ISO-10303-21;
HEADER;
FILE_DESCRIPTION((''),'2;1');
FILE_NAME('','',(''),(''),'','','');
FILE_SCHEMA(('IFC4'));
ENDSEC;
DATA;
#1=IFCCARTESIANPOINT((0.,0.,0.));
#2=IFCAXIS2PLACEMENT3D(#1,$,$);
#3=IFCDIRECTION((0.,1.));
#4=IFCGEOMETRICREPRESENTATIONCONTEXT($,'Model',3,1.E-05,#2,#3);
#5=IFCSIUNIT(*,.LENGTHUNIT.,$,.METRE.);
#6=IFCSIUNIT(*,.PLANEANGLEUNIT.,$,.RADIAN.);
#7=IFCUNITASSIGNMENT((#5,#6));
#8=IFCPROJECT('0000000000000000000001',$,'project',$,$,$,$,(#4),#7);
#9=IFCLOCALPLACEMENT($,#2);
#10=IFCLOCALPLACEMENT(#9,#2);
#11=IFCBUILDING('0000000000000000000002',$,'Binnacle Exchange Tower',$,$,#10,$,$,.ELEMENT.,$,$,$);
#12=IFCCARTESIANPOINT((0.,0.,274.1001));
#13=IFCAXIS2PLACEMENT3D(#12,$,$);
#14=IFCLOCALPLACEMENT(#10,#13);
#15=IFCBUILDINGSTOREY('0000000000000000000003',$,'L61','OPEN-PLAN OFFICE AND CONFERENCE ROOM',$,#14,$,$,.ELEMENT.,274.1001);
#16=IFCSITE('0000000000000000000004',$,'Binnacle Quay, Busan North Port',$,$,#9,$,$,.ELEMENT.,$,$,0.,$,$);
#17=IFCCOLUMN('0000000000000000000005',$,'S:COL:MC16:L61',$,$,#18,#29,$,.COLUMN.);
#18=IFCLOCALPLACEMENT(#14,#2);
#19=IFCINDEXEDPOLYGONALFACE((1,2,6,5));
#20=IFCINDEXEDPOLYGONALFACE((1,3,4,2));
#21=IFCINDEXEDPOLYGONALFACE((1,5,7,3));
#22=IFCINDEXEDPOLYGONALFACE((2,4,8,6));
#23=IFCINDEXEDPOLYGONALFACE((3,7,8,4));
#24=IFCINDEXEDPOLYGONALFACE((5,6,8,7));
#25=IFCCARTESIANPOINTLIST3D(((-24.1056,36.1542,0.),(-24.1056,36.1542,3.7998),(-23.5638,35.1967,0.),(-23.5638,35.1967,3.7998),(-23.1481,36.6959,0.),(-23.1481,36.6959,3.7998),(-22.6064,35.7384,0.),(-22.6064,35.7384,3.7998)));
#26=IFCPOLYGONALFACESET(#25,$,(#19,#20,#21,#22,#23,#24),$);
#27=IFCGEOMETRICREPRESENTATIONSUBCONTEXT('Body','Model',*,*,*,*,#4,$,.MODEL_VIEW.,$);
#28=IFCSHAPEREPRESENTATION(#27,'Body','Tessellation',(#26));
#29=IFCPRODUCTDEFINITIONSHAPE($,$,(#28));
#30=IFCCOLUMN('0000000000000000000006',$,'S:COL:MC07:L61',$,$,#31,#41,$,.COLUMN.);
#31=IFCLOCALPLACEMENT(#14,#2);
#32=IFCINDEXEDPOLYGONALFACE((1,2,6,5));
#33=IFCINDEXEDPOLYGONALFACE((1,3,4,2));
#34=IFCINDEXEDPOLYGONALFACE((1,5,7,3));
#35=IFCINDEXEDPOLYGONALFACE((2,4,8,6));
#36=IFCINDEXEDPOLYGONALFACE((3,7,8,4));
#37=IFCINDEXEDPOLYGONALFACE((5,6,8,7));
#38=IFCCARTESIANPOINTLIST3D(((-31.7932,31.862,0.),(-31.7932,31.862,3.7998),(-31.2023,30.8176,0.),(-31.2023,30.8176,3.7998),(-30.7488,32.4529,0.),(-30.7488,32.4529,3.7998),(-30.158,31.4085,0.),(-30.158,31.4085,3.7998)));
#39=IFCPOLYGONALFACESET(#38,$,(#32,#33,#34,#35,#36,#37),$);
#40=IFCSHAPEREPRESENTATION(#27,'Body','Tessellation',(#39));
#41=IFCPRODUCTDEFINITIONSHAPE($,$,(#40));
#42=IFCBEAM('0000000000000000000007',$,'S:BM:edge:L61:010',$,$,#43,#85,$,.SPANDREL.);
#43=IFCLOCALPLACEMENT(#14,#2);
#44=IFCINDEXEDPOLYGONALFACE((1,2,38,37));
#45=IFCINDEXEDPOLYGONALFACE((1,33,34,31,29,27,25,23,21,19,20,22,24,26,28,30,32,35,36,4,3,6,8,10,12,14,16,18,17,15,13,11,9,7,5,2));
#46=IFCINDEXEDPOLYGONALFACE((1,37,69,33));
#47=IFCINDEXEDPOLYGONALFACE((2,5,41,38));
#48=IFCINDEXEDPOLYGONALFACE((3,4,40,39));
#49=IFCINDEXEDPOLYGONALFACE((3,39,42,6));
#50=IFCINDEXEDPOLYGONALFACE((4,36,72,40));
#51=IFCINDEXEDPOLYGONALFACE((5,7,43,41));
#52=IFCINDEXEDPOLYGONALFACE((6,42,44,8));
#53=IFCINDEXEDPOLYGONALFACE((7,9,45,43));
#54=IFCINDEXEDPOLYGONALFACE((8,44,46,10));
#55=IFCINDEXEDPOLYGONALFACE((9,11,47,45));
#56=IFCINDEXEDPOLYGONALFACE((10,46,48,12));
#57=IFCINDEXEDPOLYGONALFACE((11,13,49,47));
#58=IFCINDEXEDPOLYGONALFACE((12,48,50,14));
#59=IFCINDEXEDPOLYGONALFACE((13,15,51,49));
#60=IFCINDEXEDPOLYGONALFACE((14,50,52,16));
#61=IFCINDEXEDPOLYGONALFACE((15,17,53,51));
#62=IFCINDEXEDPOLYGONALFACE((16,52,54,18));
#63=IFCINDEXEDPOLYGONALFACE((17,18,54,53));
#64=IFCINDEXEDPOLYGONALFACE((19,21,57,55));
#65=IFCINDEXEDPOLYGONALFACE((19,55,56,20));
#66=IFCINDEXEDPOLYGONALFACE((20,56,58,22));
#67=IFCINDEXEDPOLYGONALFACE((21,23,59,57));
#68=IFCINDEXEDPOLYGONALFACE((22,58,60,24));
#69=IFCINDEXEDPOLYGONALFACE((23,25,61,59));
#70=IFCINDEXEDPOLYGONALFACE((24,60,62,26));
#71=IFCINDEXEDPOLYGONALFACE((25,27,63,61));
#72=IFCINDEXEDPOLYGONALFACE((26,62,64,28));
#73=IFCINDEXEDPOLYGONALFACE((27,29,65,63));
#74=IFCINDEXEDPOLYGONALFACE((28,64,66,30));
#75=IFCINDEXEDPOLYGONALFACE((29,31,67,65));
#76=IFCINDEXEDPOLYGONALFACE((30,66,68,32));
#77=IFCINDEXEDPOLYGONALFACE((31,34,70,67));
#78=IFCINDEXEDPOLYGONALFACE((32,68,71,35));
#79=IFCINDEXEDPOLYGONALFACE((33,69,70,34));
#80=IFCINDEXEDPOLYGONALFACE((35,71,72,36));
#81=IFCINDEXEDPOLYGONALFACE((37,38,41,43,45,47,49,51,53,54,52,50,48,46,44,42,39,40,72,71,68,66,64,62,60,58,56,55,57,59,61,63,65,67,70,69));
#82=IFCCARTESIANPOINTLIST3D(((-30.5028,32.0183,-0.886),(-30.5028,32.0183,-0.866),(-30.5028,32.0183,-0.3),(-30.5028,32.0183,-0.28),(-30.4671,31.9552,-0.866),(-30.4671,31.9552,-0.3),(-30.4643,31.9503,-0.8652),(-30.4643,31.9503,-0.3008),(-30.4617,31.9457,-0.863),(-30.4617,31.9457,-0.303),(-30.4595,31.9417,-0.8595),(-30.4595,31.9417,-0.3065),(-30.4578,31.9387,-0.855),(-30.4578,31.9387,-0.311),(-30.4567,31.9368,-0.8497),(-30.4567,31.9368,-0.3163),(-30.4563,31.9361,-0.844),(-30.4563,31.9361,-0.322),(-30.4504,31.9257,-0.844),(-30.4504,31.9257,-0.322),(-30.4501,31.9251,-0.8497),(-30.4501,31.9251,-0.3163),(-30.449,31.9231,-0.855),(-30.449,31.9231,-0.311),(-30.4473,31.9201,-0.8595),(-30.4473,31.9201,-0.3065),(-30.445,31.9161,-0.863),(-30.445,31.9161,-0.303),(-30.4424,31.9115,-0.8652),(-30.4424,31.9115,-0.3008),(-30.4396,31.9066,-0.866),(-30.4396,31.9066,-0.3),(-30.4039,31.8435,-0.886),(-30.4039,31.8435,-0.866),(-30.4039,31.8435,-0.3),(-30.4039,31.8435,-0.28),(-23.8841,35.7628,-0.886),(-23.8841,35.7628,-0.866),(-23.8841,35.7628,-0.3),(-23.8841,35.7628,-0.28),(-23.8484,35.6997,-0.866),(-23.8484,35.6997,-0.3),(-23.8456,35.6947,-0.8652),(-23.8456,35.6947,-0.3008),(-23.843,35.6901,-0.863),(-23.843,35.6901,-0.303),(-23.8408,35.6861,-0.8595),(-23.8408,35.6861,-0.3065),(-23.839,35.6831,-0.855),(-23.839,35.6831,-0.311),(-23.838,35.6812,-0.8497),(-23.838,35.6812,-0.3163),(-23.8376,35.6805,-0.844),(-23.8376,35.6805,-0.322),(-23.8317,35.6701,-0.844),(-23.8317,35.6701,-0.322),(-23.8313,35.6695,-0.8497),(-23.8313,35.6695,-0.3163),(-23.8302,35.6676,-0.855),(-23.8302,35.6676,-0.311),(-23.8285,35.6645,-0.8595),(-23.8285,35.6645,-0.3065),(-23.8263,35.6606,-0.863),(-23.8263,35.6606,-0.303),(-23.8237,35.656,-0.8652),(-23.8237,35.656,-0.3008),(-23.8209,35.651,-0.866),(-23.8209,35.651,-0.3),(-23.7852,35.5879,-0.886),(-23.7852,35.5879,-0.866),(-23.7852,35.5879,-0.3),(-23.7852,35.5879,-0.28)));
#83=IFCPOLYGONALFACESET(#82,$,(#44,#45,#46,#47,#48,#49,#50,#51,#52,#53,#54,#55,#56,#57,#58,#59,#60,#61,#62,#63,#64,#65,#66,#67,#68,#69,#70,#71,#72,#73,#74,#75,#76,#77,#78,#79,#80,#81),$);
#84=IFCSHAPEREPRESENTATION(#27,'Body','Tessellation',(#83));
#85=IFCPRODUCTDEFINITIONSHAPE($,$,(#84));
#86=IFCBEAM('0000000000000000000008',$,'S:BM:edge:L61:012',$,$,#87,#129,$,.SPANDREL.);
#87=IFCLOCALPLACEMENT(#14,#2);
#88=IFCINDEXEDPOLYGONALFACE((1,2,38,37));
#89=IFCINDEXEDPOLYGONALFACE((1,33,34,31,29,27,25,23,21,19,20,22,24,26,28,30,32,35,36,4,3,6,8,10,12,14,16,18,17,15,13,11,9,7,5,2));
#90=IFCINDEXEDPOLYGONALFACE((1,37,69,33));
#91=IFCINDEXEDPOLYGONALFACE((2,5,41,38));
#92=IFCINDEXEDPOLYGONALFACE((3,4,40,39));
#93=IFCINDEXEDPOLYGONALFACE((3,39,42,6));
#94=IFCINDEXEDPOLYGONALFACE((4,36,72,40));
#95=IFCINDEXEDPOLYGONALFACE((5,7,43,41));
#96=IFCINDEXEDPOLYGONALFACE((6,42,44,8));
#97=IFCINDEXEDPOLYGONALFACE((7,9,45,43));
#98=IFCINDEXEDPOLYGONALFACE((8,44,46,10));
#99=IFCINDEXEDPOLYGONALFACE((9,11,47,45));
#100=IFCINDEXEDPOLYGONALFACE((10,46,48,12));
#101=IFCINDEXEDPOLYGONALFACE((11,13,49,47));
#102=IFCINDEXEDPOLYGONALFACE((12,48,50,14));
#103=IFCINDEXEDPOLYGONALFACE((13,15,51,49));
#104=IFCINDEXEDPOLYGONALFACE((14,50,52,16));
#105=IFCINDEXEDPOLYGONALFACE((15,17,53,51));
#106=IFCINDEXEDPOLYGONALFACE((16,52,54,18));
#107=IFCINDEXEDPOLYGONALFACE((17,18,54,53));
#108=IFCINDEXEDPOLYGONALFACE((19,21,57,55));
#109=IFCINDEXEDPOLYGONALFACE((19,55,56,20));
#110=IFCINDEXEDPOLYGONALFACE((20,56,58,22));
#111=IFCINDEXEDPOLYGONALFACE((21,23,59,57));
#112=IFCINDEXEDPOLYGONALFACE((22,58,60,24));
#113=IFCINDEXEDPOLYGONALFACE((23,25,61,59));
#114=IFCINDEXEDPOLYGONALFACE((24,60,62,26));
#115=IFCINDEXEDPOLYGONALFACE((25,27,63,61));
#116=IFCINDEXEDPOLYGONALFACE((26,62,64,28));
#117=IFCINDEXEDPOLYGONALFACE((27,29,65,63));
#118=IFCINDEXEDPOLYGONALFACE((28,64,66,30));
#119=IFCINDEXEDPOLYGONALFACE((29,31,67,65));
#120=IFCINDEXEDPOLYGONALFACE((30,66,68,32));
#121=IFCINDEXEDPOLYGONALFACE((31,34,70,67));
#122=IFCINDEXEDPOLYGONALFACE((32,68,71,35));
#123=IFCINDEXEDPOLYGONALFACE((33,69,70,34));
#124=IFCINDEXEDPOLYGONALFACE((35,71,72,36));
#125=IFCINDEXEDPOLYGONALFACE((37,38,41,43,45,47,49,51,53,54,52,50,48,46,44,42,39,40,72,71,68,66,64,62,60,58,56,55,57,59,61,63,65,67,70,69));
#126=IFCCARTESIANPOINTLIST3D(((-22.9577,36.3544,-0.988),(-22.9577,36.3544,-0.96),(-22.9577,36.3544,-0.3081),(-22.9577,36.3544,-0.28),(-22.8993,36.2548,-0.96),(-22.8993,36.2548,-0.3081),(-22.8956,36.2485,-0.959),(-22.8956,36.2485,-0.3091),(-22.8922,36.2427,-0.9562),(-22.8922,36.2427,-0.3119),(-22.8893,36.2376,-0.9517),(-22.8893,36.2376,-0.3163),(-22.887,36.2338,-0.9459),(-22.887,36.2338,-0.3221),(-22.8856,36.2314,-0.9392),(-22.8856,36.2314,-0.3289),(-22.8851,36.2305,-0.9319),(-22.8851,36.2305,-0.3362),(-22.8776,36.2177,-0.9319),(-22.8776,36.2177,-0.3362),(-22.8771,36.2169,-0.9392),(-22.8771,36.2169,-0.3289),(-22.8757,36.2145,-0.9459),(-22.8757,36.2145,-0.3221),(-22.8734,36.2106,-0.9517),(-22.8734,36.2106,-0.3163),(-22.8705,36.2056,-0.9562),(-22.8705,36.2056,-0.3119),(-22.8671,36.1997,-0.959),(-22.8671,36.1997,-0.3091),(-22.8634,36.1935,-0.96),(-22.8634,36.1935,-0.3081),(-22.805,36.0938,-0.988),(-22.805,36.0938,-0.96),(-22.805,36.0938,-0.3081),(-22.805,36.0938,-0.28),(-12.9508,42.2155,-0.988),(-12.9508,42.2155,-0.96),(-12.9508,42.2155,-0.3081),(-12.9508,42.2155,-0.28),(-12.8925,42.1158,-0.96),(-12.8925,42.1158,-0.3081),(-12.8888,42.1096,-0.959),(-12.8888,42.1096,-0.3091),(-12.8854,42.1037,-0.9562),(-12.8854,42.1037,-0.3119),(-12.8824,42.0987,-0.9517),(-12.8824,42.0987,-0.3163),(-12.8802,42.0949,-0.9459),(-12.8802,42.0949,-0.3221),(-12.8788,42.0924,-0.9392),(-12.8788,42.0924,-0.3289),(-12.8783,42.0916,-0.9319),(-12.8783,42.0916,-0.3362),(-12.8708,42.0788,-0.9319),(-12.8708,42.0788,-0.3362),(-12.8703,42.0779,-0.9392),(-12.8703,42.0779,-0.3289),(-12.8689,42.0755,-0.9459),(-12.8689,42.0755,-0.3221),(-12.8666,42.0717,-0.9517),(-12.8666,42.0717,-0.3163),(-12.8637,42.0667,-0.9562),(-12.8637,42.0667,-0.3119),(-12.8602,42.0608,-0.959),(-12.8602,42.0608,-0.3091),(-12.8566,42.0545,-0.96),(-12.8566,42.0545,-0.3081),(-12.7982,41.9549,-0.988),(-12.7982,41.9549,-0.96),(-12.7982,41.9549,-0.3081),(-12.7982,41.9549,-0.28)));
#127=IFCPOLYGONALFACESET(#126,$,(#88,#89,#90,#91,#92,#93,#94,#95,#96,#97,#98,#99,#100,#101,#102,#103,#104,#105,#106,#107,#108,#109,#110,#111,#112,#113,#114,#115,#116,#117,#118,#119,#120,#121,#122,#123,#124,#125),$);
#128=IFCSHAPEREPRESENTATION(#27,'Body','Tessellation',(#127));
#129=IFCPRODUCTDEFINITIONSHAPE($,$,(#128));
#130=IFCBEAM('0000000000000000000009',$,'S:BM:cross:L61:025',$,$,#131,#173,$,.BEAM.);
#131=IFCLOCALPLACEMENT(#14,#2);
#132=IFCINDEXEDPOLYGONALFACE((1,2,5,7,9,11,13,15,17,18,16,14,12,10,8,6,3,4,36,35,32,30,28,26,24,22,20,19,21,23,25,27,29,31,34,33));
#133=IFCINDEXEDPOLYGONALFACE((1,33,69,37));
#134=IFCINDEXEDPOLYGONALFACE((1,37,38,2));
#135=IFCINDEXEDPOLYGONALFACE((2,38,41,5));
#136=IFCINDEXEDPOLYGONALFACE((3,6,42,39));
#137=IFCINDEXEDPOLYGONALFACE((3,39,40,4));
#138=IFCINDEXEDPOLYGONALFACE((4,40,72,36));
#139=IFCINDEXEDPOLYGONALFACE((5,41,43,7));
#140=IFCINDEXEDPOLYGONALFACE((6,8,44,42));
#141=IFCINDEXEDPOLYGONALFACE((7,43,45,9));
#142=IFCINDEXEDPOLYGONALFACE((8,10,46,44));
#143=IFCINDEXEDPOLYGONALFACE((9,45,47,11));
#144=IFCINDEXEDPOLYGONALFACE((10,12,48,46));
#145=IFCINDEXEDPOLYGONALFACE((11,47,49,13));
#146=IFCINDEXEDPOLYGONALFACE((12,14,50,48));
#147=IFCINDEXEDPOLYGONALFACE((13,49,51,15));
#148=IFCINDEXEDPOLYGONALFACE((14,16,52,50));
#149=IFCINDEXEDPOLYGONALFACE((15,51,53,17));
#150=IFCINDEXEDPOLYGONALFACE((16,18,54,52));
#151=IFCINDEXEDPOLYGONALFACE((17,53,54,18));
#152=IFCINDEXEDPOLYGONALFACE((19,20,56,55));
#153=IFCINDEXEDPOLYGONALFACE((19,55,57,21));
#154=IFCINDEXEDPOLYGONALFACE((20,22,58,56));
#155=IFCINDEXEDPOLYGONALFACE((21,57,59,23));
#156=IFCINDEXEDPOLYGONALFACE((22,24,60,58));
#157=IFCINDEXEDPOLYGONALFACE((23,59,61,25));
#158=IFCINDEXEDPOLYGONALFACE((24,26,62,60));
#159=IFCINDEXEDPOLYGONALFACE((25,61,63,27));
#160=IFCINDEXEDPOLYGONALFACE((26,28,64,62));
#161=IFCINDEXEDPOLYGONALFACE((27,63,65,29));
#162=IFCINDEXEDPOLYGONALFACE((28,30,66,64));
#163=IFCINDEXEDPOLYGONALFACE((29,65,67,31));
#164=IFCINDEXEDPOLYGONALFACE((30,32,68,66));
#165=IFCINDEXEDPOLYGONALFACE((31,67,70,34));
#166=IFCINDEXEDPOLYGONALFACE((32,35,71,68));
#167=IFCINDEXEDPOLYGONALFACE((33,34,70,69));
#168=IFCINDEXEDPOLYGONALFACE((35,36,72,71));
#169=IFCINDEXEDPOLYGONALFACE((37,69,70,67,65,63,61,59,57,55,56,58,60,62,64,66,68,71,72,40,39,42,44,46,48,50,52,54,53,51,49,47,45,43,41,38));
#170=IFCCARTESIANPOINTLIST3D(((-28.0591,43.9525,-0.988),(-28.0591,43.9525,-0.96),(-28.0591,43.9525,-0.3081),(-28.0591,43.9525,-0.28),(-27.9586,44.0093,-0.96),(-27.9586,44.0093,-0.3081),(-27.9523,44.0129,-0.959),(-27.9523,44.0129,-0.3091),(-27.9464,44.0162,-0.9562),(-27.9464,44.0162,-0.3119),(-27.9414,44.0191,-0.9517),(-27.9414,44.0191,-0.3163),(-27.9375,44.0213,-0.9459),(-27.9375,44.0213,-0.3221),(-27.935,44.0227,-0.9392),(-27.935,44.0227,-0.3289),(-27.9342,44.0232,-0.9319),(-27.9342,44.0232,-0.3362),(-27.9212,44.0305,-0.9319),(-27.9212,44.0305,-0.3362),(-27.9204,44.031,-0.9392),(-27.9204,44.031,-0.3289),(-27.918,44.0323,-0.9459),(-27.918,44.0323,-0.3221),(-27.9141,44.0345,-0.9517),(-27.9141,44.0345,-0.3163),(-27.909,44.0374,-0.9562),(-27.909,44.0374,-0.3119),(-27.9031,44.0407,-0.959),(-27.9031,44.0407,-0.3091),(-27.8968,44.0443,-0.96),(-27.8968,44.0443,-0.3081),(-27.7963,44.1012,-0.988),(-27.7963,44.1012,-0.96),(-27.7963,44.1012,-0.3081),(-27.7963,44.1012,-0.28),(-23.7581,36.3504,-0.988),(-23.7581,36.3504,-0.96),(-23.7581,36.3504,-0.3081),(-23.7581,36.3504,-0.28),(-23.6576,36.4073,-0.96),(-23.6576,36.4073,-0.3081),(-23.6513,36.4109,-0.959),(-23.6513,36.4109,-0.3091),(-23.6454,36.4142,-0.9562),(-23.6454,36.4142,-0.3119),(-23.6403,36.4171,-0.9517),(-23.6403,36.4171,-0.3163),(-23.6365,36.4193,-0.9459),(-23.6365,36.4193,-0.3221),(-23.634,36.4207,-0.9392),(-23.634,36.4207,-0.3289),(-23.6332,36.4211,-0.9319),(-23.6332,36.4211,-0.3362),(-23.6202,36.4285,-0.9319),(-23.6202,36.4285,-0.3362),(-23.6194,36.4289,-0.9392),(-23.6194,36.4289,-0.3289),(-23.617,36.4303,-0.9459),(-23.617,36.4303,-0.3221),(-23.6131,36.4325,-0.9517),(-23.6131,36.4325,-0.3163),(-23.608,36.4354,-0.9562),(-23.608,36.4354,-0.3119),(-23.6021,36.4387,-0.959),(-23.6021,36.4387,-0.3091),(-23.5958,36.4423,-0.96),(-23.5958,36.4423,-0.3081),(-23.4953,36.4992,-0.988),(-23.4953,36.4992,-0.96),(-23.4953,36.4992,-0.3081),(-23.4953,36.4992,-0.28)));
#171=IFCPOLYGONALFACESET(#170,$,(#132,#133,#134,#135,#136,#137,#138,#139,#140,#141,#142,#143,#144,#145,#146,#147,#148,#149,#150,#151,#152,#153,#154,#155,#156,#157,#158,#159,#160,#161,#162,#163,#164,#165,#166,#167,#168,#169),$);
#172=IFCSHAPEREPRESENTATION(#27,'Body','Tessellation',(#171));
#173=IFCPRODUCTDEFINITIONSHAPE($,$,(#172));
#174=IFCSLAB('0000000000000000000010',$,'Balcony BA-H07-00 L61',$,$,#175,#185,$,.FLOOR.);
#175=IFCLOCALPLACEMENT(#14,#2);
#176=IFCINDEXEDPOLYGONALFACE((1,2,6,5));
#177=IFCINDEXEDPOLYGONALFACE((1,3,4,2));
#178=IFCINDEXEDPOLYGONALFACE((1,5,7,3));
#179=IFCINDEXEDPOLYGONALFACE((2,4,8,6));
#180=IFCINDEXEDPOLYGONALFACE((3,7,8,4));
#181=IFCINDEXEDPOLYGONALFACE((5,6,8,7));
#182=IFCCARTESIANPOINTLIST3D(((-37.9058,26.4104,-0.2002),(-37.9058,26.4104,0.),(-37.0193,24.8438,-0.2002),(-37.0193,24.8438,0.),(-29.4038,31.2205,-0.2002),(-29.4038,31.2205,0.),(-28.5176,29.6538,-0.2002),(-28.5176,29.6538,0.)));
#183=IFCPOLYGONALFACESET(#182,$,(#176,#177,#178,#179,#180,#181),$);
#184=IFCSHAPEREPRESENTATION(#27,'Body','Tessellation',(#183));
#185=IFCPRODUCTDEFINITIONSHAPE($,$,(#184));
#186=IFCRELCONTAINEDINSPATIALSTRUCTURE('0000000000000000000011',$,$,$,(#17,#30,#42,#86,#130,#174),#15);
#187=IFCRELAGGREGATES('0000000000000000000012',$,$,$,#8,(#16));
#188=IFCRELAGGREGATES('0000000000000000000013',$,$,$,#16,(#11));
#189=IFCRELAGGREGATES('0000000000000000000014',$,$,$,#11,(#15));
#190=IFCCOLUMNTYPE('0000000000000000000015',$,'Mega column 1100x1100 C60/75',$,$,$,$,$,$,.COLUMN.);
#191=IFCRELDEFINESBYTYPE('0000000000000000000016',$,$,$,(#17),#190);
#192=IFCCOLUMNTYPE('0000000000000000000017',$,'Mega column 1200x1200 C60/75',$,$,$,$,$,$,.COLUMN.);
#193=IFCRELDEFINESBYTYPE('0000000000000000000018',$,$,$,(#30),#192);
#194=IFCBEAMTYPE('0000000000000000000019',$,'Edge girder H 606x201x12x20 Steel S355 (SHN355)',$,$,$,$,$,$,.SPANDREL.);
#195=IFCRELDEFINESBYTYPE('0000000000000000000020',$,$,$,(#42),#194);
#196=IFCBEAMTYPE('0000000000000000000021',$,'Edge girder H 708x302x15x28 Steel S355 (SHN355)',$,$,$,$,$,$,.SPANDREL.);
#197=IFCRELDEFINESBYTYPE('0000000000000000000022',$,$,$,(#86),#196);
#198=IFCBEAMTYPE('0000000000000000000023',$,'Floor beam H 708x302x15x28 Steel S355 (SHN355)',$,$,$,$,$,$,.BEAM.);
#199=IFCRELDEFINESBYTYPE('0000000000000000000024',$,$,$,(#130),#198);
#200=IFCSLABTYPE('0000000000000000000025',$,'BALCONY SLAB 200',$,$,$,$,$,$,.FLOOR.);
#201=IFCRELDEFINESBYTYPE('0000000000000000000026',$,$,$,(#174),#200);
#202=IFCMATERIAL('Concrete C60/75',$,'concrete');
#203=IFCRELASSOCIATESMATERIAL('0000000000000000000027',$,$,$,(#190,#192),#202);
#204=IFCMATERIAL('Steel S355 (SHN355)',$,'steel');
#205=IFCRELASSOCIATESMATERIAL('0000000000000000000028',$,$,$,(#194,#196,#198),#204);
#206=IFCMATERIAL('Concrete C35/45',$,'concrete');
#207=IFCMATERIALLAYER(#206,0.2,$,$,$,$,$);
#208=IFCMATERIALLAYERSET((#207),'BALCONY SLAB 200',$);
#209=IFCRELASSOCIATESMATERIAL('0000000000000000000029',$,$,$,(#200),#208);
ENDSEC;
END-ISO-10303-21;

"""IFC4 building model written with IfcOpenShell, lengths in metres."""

from ifc_helpers import new_model, si_unit, direction, frame, origin, origin_2d, place, context, subcontext, project, spatial, polyline, rectangle, i_section, outline, extrude, material, layer, layer_set, material_profile, profile_set, type_object, element, save


model = new_model("IFC4")

# Units and contexts
model_context = context("Model", 3, precision=1e-05, world=origin(), true_north=direction((0.0, 1.0)))
body_context = subcontext(model_context, "Body", "Model", "MODEL_VIEW")
ifc_project = project(units=[si_unit("LENGTHUNIT", "METRE"), si_unit("PLANEANGLEUNIT", "RADIAN")], contexts=[model_context])

# Site, building, storey
site_placement = place(None, origin())
site = spatial("IfcSite", under=ifc_project, at=site_placement, Name="Binnacle Quay, Busan North Port", CompositionType="ELEMENT", RefElevation=0.0)
building_placement = place(site_placement, origin())
building = spatial("IfcBuilding", under=site, at=building_placement, Name="Binnacle Exchange Tower", CompositionType="ELEMENT")
storey_placement = place(building_placement, frame((0.0, 0.0, 274.1001)))
storey = spatial("IfcBuildingStorey", under=building, at=storey_placement, Name="L61", Description="OPEN-PLAN OFFICE AND CONFERENCE ROOM", CompositionType="ELEMENT", Elevation=274.1001)

# Columns
ifc_material_1 = material(Name="Concrete C60/75", Category="concrete")
ifc_material_profile_1 = material_profile(ifc_material_1, rectangle(XDim=1.1001, YDim=1.1001, at=origin_2d()), Name="Mega column 1100x1100 C60/75")
ifc_profile_set_1 = profile_set([ifc_material_profile_1], Name="Concrete C60/75")
column_type_1 = type_object("IfcColumnType", Name="Mega column 1100x1100 C60/75", PredefinedType="COLUMN", material=ifc_profile_set_1)
column_1_placement = place(storey_placement, frame((-23.356, 35.9463, 0.0), z_axis=(0.0, 0.0, 1.0), x_axis=(0.870356, 0.492424, 0.0)))
element("IfcColumn", 1, at=column_1_placement, inside=storey, type_object=column_type_1, Name="S:COL:MC16:L61", PredefinedType="COLUMN", context=body_context, shape_type="SweptSolid", body=[
    extrude(rectangle(XDim=1.1001, YDim=1.1001, at=origin_2d()), origin(), (0.0, 0.0, 1.0), 3.7998),
])
ifc_material_profile_2 = material_profile(ifc_material_1, rectangle(XDim=1.2, YDim=1.2, at=origin_2d()), Name="Mega column 1200x1200 C60/75")
ifc_profile_set_2 = profile_set([ifc_material_profile_2], Name="Concrete C60/75")
column_type_2 = type_object("IfcColumnType", Name="Mega column 1200x1200 C60/75", PredefinedType="COLUMN", material=ifc_profile_set_2)
column_2_placement = place(storey_placement, frame((-30.9756, 31.6353, 0.0), z_axis=(0.0, 0.0, 1.0), x_axis=(0.870356, 0.492424, 0.0)))
element("IfcColumn", 2, at=column_2_placement, inside=storey, type_object=column_type_2, Name="S:COL:MC07:L61", PredefinedType="COLUMN", context=body_context, shape_type="SweptSolid", body=[
    extrude(rectangle(XDim=1.2, YDim=1.2, at=origin_2d()), origin(), (0.0, 0.0, 1.0), 3.7998),
])

# Beams
ifc_material_2 = material(Name="Steel S355 (SHN355)", Category="steel")
ifc_material_profile_3 = material_profile(ifc_material_2, i_section(OverallWidth=0.2009, OverallDepth=0.606, WebThickness=0.012, FlangeThickness=0.02, FilletRadius=0.022, at=origin_2d()), Name="H 606x201x12x20")
ifc_profile_set_3 = profile_set([ifc_material_profile_3], Name="Steel S355 (SHN355)")
beam_type_1 = type_object("IfcBeamType", Name="Edge girder H 606x201x12x20 Steel S355 (SHN355)", PredefinedType="SPANDREL", material=ifc_profile_set_3)
beam_1_placement = place(storey_placement, frame((-30.4534, 31.9309, -0.583), z_axis=(0.870371, 0.492397, 0.0), x_axis=(-0.492397, 0.870371, 0.0)))
element("IfcBeam", 3, at=beam_1_placement, inside=storey, type_object=beam_type_1, Name="S:BM:edge:L61:010", PredefinedType="SPANDREL", context=body_context, shape_type="SweptSolid", body=[
    extrude(i_section(OverallWidth=0.2009, OverallDepth=0.606, WebThickness=0.012, FlangeThickness=0.02, FilletRadius=0.022, at=origin_2d()), origin(), (0.0, 0.0, 1.0), 7.6045),
])
ifc_material_profile_4 = material_profile(ifc_material_2, i_section(OverallWidth=0.302, OverallDepth=0.708, WebThickness=0.0149, FlangeThickness=0.0281, FilletRadius=0.0281, at=origin_2d()), Name="H 708x302x15x28")
ifc_profile_set_4 = profile_set([ifc_material_profile_4], Name="Steel S355 (SHN355)")
beam_type_2 = type_object("IfcBeamType", Name="Edge girder H 708x302x15x28 Steel S355 (SHN355)", PredefinedType="SPANDREL", material=ifc_profile_set_4)
beam_2_placement = place(storey_placement, frame((-22.8813, 36.2241, -0.634), z_axis=(0.862886, 0.505399, 0.0), x_axis=(-0.505399, 0.862886, 0.0)))
element("IfcBeam", 4, at=beam_2_placement, inside=storey, type_object=beam_type_2, Name="S:BM:edge:L61:012", PredefinedType="SPANDREL", context=body_context, shape_type="SweptSolid", body=[
    extrude(i_section(OverallWidth=0.302, OverallDepth=0.708, WebThickness=0.0149, FlangeThickness=0.0281, FilletRadius=0.0281, at=origin_2d()), origin(), (0.0, 0.0, 1.0), 11.5969),
])
ifc_material_profile_5 = material_profile(ifc_material_2, i_section(OverallWidth=0.302, OverallDepth=0.708, WebThickness=0.0149, FlangeThickness=0.0281, FilletRadius=0.0281, at=origin_2d()), Name="H 708x302x15x28")
ifc_profile_set_5 = profile_set([ifc_material_profile_5], Name="Steel S355 (SHN355)")
beam_type_3 = type_object("IfcBeamType", Name="Floor beam H 708x302x15x28 Steel S355 (SHN355)", PredefinedType="BEAM", material=ifc_profile_set_5)
beam_3_placement = place(storey_placement, frame((-23.6267, 36.4248, -0.634), z_axis=(-0.492423, 0.870356, 0.0), x_axis=(-0.870356, -0.492423, 0.0)))
element("IfcBeam", 5, at=beam_3_placement, inside=storey, type_object=beam_type_3, Name="S:BM:cross:L61:025", PredefinedType="BEAM", context=body_context, shape_type="SweptSolid", body=[
    extrude(i_section(OverallWidth=0.302, OverallDepth=0.708, WebThickness=0.0149, FlangeThickness=0.0281, FilletRadius=0.0281, at=origin_2d()), origin(), (0.0, 0.0, 1.0), 8.7344),
])

# Slab
ifc_material_3 = material(Name="Concrete C35/45", Category="concrete")
ifc_layer_1 = layer(ifc_material_3, 0.2)
ifc_layer_set_1 = layer_set([ifc_layer_1], Name="BALCONY SLAB 200")
slab_type_1 = type_object("IfcSlabType", Name="BALCONY SLAB 200", PredefinedType="FLOOR", material=ifc_layer_set_1)
slab_1_placement = place(storey_placement, frame((0.0, 0.0, -0.2002)))
element("IfcSlab", 6, at=slab_1_placement, inside=storey, type_object=slab_type_1, Name="Balcony BA-H07-00 L61", PredefinedType="FLOOR", context=body_context, shape_type="SweptSolid", body=[
    extrude(outline(polyline([(-37.9058, 26.4104), (-29.4038, 31.2205), (-28.5176, 29.6538), (-37.0193, 24.8438), (-37.9058, 26.4104)])), origin(), (0.0, 0.0, 1.0), 0.2002),
])

save(model, "model.ifc")
